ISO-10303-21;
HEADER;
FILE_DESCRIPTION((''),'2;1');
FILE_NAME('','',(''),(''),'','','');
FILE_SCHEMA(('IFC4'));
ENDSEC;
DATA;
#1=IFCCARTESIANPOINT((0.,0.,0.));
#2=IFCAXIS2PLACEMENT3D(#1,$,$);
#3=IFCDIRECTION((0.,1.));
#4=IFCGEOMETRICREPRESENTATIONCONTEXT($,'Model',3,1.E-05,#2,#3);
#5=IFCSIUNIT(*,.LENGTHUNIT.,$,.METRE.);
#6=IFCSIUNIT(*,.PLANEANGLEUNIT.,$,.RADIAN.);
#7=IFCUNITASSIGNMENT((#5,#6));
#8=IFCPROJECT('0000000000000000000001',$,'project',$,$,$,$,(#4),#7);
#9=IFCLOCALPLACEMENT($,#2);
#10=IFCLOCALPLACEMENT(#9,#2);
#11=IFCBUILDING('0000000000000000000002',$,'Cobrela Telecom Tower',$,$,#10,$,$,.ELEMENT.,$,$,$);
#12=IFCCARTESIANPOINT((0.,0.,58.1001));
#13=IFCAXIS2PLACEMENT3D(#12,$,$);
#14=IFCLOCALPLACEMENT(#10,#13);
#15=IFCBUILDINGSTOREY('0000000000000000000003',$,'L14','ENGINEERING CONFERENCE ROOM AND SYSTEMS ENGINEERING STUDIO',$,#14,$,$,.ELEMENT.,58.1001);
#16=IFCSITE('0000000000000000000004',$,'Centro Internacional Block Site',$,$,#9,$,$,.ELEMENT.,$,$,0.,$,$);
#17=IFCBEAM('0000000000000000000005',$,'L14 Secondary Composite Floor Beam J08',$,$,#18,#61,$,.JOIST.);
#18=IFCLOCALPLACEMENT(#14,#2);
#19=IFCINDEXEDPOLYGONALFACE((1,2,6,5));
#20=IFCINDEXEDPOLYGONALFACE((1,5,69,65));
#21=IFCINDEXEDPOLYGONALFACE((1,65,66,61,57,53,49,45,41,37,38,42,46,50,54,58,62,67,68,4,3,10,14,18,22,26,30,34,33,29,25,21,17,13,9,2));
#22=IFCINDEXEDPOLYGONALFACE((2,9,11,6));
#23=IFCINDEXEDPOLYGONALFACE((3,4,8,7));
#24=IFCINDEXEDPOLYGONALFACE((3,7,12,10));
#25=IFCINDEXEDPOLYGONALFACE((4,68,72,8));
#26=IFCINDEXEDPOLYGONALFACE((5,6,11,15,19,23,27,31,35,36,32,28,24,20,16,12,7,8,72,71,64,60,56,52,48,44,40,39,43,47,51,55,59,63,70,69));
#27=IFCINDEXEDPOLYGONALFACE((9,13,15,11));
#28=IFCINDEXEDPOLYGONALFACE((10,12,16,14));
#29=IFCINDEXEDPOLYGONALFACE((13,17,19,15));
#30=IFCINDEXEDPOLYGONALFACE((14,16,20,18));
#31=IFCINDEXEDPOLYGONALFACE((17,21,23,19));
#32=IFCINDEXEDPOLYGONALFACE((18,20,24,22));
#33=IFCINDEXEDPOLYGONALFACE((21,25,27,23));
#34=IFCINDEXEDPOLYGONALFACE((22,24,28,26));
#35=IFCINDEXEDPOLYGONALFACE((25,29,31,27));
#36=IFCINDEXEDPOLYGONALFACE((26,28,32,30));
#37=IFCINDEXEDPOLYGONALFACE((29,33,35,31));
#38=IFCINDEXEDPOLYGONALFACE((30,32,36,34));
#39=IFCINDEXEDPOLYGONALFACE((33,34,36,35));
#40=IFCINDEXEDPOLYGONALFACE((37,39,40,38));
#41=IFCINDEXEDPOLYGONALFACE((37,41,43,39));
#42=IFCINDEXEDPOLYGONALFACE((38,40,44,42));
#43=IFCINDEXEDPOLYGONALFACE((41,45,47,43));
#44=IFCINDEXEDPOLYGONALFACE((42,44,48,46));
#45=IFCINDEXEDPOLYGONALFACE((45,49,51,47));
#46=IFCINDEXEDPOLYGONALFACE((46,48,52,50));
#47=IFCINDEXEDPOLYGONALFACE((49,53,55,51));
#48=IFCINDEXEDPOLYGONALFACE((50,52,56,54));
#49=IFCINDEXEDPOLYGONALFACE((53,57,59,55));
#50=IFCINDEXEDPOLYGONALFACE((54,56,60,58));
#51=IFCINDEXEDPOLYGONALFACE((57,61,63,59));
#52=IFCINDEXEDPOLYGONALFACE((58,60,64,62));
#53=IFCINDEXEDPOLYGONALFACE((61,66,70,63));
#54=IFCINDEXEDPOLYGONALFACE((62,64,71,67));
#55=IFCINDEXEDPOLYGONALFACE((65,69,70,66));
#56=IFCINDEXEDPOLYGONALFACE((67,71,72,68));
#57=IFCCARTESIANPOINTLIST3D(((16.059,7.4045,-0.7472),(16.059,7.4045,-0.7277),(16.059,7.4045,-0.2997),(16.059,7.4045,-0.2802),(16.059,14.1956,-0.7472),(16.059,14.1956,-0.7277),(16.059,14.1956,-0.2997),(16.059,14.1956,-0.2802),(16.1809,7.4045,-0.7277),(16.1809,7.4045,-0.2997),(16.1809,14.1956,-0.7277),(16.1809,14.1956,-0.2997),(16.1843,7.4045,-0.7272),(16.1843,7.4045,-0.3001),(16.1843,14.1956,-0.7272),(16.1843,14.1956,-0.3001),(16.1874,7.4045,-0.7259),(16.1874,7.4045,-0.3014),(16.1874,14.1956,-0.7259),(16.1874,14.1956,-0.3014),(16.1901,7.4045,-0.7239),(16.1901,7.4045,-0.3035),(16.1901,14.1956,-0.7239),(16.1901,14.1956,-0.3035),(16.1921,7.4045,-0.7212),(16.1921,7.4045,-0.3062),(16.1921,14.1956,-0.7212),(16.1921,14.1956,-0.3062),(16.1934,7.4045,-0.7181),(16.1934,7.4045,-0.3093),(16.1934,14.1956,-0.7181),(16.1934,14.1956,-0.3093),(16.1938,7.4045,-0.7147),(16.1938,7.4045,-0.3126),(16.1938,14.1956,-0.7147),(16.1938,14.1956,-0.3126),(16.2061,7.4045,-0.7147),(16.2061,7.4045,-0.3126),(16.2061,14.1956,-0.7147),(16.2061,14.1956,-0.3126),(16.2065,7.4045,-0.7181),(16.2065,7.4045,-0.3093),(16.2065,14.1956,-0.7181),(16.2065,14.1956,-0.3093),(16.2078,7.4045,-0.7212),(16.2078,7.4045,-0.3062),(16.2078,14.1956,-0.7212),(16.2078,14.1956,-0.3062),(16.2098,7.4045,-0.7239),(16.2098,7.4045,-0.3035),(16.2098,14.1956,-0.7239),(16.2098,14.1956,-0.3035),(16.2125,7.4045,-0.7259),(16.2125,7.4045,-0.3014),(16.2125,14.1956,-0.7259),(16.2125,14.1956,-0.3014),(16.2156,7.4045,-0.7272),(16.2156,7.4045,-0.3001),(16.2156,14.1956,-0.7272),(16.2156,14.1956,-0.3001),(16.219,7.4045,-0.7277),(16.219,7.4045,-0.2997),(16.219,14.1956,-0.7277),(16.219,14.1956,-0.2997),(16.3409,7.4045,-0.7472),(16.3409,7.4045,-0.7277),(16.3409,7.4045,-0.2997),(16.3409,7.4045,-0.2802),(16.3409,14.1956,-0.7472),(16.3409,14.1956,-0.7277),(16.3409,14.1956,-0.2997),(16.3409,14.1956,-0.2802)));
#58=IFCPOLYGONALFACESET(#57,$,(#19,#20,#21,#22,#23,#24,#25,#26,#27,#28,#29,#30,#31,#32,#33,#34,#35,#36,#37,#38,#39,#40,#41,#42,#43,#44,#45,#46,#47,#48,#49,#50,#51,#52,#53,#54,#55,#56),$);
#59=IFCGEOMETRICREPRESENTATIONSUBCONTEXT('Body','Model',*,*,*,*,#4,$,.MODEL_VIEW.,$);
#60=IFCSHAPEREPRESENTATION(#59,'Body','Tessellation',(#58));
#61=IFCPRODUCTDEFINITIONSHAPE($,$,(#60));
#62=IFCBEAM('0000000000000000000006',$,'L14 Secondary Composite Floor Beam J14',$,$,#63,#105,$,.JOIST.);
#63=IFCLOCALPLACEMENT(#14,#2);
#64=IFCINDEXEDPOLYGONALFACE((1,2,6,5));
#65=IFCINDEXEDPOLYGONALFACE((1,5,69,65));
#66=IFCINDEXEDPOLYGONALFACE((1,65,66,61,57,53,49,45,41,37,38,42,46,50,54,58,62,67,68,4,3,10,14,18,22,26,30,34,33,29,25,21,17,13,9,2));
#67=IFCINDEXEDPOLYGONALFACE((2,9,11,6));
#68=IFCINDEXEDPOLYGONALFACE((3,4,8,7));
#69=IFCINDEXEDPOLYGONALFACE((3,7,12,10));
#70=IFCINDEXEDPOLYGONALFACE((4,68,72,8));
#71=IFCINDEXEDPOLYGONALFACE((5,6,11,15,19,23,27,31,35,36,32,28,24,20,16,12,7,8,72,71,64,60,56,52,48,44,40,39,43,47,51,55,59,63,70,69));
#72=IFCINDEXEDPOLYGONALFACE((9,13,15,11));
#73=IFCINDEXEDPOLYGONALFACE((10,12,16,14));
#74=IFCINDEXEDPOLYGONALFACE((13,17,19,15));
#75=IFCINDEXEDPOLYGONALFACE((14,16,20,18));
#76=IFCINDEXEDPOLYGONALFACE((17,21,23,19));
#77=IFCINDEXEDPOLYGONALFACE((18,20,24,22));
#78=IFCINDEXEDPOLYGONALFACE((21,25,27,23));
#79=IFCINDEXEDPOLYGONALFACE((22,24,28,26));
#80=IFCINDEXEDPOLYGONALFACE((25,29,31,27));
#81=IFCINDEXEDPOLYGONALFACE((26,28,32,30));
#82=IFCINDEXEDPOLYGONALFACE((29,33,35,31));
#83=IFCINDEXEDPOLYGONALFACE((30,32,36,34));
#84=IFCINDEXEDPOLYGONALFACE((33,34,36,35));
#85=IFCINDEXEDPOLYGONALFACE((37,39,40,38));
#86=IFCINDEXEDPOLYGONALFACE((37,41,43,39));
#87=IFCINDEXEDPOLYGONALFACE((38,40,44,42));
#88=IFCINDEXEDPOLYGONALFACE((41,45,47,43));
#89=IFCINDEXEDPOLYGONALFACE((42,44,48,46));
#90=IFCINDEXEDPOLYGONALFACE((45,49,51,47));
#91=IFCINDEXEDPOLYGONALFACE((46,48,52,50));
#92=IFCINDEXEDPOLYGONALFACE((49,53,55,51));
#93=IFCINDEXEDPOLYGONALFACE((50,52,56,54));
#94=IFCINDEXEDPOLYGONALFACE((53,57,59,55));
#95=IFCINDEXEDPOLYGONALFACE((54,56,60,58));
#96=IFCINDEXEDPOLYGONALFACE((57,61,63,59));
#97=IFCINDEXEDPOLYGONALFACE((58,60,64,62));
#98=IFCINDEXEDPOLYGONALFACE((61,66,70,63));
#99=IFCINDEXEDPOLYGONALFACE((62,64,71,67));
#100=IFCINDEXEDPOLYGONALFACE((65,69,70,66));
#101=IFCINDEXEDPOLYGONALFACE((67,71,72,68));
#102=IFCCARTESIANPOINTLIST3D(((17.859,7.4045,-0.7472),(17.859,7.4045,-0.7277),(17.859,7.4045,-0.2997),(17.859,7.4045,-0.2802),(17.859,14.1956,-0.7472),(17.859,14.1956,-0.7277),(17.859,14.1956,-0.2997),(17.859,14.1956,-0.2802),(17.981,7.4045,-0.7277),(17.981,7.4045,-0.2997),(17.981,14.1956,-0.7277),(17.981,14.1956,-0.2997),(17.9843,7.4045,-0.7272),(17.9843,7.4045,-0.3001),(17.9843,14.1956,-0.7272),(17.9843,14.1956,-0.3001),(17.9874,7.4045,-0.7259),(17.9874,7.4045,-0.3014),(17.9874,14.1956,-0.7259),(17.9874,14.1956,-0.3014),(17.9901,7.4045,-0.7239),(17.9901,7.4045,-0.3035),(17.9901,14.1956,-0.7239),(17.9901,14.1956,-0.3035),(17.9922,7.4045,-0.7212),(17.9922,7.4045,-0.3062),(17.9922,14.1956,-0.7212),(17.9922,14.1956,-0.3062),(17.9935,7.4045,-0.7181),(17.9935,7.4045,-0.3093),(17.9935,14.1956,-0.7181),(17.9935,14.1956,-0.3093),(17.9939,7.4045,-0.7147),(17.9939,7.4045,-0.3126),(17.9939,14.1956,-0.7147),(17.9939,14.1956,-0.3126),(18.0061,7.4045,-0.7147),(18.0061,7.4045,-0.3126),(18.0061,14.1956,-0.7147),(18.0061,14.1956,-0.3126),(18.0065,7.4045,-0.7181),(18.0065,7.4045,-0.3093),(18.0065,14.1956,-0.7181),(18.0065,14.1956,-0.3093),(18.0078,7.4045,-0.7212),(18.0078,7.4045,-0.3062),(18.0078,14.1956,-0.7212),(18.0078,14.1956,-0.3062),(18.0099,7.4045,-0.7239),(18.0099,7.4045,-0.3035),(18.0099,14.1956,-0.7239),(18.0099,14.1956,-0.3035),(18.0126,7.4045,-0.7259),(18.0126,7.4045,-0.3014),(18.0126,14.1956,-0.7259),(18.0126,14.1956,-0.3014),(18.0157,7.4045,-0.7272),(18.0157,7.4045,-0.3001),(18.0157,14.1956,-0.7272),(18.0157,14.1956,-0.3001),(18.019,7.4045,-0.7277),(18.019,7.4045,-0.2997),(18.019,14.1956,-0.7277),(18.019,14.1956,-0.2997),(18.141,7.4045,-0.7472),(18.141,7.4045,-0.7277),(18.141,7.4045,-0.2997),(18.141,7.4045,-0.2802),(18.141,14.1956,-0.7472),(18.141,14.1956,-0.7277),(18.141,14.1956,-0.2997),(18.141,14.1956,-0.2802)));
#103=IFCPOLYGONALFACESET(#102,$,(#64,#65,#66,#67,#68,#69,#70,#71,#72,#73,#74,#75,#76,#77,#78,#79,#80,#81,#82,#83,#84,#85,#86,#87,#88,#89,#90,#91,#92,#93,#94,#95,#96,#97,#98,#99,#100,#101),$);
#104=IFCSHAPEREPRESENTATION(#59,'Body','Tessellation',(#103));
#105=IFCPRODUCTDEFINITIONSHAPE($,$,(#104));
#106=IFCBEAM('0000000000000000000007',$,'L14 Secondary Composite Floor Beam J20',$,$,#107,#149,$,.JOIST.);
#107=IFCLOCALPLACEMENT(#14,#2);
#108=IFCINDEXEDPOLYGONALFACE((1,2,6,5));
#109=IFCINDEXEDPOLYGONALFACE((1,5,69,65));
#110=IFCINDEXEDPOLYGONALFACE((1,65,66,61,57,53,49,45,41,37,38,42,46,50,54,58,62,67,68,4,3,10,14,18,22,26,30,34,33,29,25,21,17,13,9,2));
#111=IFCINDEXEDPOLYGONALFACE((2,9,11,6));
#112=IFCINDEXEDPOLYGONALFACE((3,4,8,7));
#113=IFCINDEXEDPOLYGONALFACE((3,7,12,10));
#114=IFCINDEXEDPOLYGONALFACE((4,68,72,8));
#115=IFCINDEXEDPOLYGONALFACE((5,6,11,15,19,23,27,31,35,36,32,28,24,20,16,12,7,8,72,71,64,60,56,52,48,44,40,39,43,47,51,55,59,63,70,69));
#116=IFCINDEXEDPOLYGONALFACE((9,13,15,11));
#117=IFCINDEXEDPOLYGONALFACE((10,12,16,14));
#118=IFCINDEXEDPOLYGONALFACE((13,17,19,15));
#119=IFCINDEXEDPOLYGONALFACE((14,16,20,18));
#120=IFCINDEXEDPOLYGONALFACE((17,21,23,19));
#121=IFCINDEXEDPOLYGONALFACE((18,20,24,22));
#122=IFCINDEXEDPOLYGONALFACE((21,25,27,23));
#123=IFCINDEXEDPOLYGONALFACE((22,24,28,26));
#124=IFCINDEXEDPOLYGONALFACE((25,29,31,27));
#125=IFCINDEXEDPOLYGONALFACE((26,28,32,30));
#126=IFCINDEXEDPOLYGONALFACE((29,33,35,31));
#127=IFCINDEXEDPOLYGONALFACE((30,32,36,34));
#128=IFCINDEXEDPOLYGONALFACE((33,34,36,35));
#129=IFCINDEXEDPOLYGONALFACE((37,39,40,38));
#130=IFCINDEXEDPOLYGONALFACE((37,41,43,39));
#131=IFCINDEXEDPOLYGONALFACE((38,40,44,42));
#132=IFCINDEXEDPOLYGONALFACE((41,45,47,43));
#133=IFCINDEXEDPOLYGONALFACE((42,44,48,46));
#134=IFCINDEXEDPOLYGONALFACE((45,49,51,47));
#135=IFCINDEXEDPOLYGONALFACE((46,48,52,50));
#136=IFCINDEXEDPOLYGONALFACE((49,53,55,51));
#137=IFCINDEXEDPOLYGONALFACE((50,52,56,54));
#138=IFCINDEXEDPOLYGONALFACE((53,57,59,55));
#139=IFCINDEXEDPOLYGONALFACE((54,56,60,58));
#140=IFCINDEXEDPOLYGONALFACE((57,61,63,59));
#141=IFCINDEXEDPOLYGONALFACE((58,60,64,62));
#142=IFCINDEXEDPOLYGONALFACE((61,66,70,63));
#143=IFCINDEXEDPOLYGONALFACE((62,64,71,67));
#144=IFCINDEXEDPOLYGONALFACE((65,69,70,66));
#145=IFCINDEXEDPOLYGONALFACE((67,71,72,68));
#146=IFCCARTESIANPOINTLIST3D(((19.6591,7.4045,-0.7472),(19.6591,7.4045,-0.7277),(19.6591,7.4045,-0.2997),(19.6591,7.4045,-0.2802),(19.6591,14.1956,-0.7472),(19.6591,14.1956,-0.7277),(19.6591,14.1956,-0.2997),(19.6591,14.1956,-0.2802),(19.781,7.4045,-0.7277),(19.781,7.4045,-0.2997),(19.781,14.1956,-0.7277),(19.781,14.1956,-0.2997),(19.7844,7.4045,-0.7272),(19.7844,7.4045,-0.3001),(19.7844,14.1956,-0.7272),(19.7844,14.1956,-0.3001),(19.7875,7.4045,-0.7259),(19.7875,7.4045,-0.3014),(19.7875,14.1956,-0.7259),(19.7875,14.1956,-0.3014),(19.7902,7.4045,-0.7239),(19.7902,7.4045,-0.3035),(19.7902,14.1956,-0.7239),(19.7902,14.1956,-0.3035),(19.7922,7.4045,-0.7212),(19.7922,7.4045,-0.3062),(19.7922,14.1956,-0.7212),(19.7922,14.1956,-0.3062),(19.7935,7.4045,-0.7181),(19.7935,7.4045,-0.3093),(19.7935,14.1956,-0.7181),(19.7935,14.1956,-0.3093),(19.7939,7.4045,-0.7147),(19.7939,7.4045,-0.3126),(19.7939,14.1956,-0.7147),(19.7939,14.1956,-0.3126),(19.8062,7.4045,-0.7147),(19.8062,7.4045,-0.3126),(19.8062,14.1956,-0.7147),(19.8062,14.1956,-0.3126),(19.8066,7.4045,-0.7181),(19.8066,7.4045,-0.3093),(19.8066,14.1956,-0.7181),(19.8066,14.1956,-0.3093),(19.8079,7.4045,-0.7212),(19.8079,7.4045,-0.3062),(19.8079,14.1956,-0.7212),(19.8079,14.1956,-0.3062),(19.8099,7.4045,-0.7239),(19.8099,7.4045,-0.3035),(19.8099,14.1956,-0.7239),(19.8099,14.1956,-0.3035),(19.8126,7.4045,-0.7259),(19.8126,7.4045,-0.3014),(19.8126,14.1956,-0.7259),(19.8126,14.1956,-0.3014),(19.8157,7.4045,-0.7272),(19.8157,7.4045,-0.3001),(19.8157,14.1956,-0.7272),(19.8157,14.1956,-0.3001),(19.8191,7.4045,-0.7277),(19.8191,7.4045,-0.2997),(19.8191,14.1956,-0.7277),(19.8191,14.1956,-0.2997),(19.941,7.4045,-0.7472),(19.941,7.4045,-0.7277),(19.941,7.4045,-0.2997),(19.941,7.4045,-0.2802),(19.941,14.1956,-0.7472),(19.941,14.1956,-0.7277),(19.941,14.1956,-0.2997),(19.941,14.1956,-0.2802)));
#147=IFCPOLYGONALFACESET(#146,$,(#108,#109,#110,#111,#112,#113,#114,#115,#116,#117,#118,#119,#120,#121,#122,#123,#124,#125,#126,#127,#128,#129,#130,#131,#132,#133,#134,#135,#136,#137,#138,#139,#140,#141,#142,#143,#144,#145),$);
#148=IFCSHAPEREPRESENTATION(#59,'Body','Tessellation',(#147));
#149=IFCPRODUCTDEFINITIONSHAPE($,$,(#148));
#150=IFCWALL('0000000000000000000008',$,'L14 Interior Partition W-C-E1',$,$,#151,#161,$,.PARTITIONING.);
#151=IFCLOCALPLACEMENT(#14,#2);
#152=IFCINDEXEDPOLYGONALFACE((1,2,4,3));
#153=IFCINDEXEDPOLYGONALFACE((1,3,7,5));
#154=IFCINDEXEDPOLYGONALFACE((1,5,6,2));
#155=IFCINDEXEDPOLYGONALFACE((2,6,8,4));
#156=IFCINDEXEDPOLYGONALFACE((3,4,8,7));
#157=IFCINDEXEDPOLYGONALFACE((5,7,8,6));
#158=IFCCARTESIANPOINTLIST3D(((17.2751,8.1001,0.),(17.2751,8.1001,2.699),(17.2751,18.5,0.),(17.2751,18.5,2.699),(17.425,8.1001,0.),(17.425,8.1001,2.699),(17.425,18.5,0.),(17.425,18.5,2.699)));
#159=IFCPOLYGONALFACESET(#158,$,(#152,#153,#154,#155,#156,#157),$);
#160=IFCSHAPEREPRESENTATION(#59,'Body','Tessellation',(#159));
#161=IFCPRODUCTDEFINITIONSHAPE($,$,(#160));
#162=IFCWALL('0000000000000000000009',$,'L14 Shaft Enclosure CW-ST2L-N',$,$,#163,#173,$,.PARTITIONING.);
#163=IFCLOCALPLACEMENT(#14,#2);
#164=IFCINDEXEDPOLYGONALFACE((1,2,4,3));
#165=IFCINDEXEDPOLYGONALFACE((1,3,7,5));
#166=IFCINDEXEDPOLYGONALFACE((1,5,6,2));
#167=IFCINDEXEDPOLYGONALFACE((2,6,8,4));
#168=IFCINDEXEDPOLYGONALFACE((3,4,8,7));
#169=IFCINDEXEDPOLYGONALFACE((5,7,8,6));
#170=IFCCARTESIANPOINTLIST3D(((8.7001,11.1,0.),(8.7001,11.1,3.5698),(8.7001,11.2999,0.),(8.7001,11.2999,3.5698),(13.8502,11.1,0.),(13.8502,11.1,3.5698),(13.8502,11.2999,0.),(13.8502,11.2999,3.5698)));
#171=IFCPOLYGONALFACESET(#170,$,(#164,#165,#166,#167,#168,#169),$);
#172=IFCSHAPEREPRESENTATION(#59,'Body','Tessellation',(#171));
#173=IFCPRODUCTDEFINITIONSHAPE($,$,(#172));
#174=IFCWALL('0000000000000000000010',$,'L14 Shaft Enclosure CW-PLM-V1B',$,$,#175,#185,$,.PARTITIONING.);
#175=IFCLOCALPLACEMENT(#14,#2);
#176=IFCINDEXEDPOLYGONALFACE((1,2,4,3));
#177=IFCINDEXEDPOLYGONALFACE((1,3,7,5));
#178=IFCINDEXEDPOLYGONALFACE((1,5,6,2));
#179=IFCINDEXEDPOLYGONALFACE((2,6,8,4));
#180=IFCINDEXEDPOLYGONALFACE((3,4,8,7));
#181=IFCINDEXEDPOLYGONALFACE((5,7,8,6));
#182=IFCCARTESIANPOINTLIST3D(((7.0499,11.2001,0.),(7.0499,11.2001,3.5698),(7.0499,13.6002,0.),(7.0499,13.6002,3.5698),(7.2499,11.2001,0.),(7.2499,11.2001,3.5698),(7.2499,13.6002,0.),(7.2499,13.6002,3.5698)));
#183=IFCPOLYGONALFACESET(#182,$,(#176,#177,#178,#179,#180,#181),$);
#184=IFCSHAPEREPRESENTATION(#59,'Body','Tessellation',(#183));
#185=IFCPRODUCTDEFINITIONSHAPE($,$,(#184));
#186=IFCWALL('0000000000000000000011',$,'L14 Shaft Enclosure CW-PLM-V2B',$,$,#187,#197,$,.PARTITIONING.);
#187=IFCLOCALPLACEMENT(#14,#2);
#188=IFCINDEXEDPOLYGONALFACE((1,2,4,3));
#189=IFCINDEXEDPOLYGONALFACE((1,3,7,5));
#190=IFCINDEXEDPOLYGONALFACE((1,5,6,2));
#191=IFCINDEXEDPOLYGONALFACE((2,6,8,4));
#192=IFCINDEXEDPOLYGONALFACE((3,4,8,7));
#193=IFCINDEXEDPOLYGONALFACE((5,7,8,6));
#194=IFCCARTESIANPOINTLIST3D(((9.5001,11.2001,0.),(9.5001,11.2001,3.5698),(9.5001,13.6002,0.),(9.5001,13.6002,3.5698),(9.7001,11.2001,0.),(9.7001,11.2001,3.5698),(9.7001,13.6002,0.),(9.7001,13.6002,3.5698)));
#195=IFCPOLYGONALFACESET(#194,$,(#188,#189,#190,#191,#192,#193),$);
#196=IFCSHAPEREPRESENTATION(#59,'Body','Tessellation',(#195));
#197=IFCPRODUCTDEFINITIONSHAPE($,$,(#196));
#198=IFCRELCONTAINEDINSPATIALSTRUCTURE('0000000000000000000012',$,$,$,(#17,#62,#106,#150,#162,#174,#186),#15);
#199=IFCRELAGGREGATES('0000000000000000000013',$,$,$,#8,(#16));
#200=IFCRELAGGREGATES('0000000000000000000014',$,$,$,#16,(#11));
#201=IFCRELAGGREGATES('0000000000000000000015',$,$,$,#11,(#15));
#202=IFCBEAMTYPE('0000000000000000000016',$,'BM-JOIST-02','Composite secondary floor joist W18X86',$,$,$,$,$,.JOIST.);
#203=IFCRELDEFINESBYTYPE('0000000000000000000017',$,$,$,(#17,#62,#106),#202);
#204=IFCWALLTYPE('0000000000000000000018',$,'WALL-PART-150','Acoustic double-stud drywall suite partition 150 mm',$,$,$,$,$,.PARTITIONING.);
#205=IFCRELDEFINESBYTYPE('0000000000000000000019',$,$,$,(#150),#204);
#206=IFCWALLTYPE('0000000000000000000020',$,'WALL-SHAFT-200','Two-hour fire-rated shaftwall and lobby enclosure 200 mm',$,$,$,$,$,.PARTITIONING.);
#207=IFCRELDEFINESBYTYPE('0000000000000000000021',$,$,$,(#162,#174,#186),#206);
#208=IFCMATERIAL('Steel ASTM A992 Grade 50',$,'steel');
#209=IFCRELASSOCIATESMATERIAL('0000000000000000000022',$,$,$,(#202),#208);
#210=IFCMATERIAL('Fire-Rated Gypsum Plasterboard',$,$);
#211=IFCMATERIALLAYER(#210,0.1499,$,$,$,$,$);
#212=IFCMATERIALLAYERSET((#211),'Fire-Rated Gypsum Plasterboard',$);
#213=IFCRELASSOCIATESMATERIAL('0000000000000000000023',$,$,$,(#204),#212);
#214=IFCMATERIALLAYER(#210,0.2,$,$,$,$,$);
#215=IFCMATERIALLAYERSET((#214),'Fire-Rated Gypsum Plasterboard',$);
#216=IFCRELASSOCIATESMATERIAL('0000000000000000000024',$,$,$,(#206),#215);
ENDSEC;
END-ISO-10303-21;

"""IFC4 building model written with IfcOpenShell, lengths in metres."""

from ifc_helpers import new_model, si_unit, direction, frame, frame_2d, origin, origin_2d, place, context, subcontext, project, spatial, rectangle, i_section, extrude, material, layer, layer_set, material_profile, profile_set, type_object, element, save


model = new_model("IFC4")

# Units and contexts
model_context = context("Model", 3, precision=1e-05, world=origin(), true_north=direction((0.0, 1.0)))
body_context = subcontext(model_context, "Body", "Model", "MODEL_VIEW")
ifc_project = project(units=[si_unit("LENGTHUNIT", "METRE"), si_unit("PLANEANGLEUNIT", "RADIAN")], contexts=[model_context])

# Site, building, storey
site_placement = place(None, origin())
site = spatial("IfcSite", under=ifc_project, at=site_placement, Name="Centro Internacional Block Site", CompositionType="ELEMENT", RefElevation=0.0)
building_placement = place(site_placement, origin())
building = spatial("IfcBuilding", under=site, at=building_placement, Name="Cobrela Telecom Tower", CompositionType="ELEMENT")
storey_placement = place(building_placement, frame((0.0, 0.0, 58.1001)))
storey = spatial("IfcBuildingStorey", under=building, at=storey_placement, Name="L14", Description="ENGINEERING CONFERENCE ROOM AND SYSTEMS ENGINEERING STUDIO", CompositionType="ELEMENT", Elevation=58.1001)

# Beams
ifc_material_1 = material(Name="Steel ASTM A992 Grade 50", Category="steel")
ifc_material_profile = material_profile(ifc_material_1, i_section(OverallWidth=0.282, OverallDepth=0.467, WebThickness=0.0122, FlangeThickness=0.0195, FilletRadius=0.0129, at=origin_2d()), Name="W18X86")
ifc_profile_set = profile_set([ifc_material_profile], Name="Steel ASTM A992 Grade 50")
beam_type = type_object("IfcBeamType", Name="BM-JOIST-02", Description="Composite secondary floor joist W18X86", PredefinedType="JOIST", material=ifc_profile_set)
for number, where, z_axis, x_axis, name in (
    (1, (16.2, 7.4045, -0.5137), (0.0, 1.0, 0.0), (-1.0, 0.0, 0.0), "L14 Secondary Composite Floor Beam J08"),
    (2, (18.0, 7.4045, -0.5137), (0.0, 1.0, 0.0), (-1.0, 0.0, 0.0), "L14 Secondary Composite Floor Beam J14"),
    (3, (19.8, 7.4045, -0.5137), (0.0, 1.0, 0.0), (-1.0, 0.0, 0.0), "L14 Secondary Composite Floor Beam J20"),
):
    element("IfcBeam", number, at=place(storey_placement, frame(where, z_axis=z_axis, x_axis=x_axis)), inside=storey, type_object=beam_type, Name=name, PredefinedType="JOIST", context=body_context, shape_type="SweptSolid", body=[
        extrude(i_section(OverallWidth=0.282, OverallDepth=0.467, WebThickness=0.0122, FlangeThickness=0.0195, FilletRadius=0.0129, at=origin_2d()), origin(), (0.0, 0.0, 1.0), 6.791),
    ])

# Shared definitions
ifc_material_2 = material(Name="Fire-Rated Gypsum Plasterboard")
ifc_layer_1 = layer(ifc_material_2, 0.1499)
ifc_layer_set_1 = layer_set([ifc_layer_1], Name="Fire-Rated Gypsum Plasterboard")
wall_type_1 = type_object("IfcWallType", Name="WALL-PART-150", Description="Acoustic double-stud drywall suite partition 150 mm", PredefinedType="PARTITIONING", material=ifc_layer_set_1)

# Walls
wall_1_placement = place(storey_placement, frame((17.3501, 8.1001, 0.0), z_axis=(0.0, 0.0, 1.0), x_axis=(0.0, 1.0, 0.0)))
element("IfcWall", 4, at=wall_1_placement, inside=storey, type_object=wall_type_1, Name="L14 Interior Partition W-C-E1", PredefinedType="PARTITIONING", context=body_context, shape_type="SweptSolid", body=[
    extrude(rectangle(XDim=10.3999, YDim=0.1499, at=frame_2d((5.2, 0.0))), origin(), (0.0, 0.0, 1.0), 2.699),
])
ifc_layer_2 = layer(ifc_material_2, 0.2)
ifc_layer_set_2 = layer_set([ifc_layer_2], Name="Fire-Rated Gypsum Plasterboard")
wall_type_2 = type_object("IfcWallType", Name="WALL-SHAFT-200", Description="Two-hour fire-rated shaftwall and lobby enclosure 200 mm", PredefinedType="PARTITIONING", material=ifc_layer_set_2)
wall_2_placement = place(storey_placement, frame((8.7, 11.2, 0.0), z_axis=(0.0, 0.0, 1.0), x_axis=(1.0, 0.0, 0.0)))
element("IfcWall", 5, at=wall_2_placement, inside=storey, type_object=wall_type_2, Name="L14 Shaft Enclosure CW-ST2L-N", PredefinedType="PARTITIONING", context=body_context, shape_type="SweptSolid", body=[
    extrude(rectangle(XDim=5.1501, YDim=0.2, at=frame_2d((2.5752, 0.0))), origin(), (0.0, 0.0, 1.0), 3.5698),
])
for number, where, z_axis, x_axis, name in (
    (6, (7.1499, 11.2, 0.0), (0.0, 0.0, 1.0), (0.0, 1.0, 0.0), "L14 Shaft Enclosure CW-PLM-V1B"),
    (7, (9.6001, 11.2, 0.0), (0.0, 0.0, 1.0), (0.0, 1.0, 0.0), "L14 Shaft Enclosure CW-PLM-V2B"),
):
    element("IfcWall", number, at=place(storey_placement, frame(where, z_axis=z_axis, x_axis=x_axis)), inside=storey, type_object=wall_type_2, Name=name, PredefinedType="PARTITIONING", context=body_context, shape_type="SweptSolid", body=[
        extrude(rectangle(XDim=2.4001, YDim=0.2, at=frame_2d((1.2002, 0.0))), origin(), (0.0, 0.0, 1.0), 3.5698),
    ])

save(model, "model.ifc")
